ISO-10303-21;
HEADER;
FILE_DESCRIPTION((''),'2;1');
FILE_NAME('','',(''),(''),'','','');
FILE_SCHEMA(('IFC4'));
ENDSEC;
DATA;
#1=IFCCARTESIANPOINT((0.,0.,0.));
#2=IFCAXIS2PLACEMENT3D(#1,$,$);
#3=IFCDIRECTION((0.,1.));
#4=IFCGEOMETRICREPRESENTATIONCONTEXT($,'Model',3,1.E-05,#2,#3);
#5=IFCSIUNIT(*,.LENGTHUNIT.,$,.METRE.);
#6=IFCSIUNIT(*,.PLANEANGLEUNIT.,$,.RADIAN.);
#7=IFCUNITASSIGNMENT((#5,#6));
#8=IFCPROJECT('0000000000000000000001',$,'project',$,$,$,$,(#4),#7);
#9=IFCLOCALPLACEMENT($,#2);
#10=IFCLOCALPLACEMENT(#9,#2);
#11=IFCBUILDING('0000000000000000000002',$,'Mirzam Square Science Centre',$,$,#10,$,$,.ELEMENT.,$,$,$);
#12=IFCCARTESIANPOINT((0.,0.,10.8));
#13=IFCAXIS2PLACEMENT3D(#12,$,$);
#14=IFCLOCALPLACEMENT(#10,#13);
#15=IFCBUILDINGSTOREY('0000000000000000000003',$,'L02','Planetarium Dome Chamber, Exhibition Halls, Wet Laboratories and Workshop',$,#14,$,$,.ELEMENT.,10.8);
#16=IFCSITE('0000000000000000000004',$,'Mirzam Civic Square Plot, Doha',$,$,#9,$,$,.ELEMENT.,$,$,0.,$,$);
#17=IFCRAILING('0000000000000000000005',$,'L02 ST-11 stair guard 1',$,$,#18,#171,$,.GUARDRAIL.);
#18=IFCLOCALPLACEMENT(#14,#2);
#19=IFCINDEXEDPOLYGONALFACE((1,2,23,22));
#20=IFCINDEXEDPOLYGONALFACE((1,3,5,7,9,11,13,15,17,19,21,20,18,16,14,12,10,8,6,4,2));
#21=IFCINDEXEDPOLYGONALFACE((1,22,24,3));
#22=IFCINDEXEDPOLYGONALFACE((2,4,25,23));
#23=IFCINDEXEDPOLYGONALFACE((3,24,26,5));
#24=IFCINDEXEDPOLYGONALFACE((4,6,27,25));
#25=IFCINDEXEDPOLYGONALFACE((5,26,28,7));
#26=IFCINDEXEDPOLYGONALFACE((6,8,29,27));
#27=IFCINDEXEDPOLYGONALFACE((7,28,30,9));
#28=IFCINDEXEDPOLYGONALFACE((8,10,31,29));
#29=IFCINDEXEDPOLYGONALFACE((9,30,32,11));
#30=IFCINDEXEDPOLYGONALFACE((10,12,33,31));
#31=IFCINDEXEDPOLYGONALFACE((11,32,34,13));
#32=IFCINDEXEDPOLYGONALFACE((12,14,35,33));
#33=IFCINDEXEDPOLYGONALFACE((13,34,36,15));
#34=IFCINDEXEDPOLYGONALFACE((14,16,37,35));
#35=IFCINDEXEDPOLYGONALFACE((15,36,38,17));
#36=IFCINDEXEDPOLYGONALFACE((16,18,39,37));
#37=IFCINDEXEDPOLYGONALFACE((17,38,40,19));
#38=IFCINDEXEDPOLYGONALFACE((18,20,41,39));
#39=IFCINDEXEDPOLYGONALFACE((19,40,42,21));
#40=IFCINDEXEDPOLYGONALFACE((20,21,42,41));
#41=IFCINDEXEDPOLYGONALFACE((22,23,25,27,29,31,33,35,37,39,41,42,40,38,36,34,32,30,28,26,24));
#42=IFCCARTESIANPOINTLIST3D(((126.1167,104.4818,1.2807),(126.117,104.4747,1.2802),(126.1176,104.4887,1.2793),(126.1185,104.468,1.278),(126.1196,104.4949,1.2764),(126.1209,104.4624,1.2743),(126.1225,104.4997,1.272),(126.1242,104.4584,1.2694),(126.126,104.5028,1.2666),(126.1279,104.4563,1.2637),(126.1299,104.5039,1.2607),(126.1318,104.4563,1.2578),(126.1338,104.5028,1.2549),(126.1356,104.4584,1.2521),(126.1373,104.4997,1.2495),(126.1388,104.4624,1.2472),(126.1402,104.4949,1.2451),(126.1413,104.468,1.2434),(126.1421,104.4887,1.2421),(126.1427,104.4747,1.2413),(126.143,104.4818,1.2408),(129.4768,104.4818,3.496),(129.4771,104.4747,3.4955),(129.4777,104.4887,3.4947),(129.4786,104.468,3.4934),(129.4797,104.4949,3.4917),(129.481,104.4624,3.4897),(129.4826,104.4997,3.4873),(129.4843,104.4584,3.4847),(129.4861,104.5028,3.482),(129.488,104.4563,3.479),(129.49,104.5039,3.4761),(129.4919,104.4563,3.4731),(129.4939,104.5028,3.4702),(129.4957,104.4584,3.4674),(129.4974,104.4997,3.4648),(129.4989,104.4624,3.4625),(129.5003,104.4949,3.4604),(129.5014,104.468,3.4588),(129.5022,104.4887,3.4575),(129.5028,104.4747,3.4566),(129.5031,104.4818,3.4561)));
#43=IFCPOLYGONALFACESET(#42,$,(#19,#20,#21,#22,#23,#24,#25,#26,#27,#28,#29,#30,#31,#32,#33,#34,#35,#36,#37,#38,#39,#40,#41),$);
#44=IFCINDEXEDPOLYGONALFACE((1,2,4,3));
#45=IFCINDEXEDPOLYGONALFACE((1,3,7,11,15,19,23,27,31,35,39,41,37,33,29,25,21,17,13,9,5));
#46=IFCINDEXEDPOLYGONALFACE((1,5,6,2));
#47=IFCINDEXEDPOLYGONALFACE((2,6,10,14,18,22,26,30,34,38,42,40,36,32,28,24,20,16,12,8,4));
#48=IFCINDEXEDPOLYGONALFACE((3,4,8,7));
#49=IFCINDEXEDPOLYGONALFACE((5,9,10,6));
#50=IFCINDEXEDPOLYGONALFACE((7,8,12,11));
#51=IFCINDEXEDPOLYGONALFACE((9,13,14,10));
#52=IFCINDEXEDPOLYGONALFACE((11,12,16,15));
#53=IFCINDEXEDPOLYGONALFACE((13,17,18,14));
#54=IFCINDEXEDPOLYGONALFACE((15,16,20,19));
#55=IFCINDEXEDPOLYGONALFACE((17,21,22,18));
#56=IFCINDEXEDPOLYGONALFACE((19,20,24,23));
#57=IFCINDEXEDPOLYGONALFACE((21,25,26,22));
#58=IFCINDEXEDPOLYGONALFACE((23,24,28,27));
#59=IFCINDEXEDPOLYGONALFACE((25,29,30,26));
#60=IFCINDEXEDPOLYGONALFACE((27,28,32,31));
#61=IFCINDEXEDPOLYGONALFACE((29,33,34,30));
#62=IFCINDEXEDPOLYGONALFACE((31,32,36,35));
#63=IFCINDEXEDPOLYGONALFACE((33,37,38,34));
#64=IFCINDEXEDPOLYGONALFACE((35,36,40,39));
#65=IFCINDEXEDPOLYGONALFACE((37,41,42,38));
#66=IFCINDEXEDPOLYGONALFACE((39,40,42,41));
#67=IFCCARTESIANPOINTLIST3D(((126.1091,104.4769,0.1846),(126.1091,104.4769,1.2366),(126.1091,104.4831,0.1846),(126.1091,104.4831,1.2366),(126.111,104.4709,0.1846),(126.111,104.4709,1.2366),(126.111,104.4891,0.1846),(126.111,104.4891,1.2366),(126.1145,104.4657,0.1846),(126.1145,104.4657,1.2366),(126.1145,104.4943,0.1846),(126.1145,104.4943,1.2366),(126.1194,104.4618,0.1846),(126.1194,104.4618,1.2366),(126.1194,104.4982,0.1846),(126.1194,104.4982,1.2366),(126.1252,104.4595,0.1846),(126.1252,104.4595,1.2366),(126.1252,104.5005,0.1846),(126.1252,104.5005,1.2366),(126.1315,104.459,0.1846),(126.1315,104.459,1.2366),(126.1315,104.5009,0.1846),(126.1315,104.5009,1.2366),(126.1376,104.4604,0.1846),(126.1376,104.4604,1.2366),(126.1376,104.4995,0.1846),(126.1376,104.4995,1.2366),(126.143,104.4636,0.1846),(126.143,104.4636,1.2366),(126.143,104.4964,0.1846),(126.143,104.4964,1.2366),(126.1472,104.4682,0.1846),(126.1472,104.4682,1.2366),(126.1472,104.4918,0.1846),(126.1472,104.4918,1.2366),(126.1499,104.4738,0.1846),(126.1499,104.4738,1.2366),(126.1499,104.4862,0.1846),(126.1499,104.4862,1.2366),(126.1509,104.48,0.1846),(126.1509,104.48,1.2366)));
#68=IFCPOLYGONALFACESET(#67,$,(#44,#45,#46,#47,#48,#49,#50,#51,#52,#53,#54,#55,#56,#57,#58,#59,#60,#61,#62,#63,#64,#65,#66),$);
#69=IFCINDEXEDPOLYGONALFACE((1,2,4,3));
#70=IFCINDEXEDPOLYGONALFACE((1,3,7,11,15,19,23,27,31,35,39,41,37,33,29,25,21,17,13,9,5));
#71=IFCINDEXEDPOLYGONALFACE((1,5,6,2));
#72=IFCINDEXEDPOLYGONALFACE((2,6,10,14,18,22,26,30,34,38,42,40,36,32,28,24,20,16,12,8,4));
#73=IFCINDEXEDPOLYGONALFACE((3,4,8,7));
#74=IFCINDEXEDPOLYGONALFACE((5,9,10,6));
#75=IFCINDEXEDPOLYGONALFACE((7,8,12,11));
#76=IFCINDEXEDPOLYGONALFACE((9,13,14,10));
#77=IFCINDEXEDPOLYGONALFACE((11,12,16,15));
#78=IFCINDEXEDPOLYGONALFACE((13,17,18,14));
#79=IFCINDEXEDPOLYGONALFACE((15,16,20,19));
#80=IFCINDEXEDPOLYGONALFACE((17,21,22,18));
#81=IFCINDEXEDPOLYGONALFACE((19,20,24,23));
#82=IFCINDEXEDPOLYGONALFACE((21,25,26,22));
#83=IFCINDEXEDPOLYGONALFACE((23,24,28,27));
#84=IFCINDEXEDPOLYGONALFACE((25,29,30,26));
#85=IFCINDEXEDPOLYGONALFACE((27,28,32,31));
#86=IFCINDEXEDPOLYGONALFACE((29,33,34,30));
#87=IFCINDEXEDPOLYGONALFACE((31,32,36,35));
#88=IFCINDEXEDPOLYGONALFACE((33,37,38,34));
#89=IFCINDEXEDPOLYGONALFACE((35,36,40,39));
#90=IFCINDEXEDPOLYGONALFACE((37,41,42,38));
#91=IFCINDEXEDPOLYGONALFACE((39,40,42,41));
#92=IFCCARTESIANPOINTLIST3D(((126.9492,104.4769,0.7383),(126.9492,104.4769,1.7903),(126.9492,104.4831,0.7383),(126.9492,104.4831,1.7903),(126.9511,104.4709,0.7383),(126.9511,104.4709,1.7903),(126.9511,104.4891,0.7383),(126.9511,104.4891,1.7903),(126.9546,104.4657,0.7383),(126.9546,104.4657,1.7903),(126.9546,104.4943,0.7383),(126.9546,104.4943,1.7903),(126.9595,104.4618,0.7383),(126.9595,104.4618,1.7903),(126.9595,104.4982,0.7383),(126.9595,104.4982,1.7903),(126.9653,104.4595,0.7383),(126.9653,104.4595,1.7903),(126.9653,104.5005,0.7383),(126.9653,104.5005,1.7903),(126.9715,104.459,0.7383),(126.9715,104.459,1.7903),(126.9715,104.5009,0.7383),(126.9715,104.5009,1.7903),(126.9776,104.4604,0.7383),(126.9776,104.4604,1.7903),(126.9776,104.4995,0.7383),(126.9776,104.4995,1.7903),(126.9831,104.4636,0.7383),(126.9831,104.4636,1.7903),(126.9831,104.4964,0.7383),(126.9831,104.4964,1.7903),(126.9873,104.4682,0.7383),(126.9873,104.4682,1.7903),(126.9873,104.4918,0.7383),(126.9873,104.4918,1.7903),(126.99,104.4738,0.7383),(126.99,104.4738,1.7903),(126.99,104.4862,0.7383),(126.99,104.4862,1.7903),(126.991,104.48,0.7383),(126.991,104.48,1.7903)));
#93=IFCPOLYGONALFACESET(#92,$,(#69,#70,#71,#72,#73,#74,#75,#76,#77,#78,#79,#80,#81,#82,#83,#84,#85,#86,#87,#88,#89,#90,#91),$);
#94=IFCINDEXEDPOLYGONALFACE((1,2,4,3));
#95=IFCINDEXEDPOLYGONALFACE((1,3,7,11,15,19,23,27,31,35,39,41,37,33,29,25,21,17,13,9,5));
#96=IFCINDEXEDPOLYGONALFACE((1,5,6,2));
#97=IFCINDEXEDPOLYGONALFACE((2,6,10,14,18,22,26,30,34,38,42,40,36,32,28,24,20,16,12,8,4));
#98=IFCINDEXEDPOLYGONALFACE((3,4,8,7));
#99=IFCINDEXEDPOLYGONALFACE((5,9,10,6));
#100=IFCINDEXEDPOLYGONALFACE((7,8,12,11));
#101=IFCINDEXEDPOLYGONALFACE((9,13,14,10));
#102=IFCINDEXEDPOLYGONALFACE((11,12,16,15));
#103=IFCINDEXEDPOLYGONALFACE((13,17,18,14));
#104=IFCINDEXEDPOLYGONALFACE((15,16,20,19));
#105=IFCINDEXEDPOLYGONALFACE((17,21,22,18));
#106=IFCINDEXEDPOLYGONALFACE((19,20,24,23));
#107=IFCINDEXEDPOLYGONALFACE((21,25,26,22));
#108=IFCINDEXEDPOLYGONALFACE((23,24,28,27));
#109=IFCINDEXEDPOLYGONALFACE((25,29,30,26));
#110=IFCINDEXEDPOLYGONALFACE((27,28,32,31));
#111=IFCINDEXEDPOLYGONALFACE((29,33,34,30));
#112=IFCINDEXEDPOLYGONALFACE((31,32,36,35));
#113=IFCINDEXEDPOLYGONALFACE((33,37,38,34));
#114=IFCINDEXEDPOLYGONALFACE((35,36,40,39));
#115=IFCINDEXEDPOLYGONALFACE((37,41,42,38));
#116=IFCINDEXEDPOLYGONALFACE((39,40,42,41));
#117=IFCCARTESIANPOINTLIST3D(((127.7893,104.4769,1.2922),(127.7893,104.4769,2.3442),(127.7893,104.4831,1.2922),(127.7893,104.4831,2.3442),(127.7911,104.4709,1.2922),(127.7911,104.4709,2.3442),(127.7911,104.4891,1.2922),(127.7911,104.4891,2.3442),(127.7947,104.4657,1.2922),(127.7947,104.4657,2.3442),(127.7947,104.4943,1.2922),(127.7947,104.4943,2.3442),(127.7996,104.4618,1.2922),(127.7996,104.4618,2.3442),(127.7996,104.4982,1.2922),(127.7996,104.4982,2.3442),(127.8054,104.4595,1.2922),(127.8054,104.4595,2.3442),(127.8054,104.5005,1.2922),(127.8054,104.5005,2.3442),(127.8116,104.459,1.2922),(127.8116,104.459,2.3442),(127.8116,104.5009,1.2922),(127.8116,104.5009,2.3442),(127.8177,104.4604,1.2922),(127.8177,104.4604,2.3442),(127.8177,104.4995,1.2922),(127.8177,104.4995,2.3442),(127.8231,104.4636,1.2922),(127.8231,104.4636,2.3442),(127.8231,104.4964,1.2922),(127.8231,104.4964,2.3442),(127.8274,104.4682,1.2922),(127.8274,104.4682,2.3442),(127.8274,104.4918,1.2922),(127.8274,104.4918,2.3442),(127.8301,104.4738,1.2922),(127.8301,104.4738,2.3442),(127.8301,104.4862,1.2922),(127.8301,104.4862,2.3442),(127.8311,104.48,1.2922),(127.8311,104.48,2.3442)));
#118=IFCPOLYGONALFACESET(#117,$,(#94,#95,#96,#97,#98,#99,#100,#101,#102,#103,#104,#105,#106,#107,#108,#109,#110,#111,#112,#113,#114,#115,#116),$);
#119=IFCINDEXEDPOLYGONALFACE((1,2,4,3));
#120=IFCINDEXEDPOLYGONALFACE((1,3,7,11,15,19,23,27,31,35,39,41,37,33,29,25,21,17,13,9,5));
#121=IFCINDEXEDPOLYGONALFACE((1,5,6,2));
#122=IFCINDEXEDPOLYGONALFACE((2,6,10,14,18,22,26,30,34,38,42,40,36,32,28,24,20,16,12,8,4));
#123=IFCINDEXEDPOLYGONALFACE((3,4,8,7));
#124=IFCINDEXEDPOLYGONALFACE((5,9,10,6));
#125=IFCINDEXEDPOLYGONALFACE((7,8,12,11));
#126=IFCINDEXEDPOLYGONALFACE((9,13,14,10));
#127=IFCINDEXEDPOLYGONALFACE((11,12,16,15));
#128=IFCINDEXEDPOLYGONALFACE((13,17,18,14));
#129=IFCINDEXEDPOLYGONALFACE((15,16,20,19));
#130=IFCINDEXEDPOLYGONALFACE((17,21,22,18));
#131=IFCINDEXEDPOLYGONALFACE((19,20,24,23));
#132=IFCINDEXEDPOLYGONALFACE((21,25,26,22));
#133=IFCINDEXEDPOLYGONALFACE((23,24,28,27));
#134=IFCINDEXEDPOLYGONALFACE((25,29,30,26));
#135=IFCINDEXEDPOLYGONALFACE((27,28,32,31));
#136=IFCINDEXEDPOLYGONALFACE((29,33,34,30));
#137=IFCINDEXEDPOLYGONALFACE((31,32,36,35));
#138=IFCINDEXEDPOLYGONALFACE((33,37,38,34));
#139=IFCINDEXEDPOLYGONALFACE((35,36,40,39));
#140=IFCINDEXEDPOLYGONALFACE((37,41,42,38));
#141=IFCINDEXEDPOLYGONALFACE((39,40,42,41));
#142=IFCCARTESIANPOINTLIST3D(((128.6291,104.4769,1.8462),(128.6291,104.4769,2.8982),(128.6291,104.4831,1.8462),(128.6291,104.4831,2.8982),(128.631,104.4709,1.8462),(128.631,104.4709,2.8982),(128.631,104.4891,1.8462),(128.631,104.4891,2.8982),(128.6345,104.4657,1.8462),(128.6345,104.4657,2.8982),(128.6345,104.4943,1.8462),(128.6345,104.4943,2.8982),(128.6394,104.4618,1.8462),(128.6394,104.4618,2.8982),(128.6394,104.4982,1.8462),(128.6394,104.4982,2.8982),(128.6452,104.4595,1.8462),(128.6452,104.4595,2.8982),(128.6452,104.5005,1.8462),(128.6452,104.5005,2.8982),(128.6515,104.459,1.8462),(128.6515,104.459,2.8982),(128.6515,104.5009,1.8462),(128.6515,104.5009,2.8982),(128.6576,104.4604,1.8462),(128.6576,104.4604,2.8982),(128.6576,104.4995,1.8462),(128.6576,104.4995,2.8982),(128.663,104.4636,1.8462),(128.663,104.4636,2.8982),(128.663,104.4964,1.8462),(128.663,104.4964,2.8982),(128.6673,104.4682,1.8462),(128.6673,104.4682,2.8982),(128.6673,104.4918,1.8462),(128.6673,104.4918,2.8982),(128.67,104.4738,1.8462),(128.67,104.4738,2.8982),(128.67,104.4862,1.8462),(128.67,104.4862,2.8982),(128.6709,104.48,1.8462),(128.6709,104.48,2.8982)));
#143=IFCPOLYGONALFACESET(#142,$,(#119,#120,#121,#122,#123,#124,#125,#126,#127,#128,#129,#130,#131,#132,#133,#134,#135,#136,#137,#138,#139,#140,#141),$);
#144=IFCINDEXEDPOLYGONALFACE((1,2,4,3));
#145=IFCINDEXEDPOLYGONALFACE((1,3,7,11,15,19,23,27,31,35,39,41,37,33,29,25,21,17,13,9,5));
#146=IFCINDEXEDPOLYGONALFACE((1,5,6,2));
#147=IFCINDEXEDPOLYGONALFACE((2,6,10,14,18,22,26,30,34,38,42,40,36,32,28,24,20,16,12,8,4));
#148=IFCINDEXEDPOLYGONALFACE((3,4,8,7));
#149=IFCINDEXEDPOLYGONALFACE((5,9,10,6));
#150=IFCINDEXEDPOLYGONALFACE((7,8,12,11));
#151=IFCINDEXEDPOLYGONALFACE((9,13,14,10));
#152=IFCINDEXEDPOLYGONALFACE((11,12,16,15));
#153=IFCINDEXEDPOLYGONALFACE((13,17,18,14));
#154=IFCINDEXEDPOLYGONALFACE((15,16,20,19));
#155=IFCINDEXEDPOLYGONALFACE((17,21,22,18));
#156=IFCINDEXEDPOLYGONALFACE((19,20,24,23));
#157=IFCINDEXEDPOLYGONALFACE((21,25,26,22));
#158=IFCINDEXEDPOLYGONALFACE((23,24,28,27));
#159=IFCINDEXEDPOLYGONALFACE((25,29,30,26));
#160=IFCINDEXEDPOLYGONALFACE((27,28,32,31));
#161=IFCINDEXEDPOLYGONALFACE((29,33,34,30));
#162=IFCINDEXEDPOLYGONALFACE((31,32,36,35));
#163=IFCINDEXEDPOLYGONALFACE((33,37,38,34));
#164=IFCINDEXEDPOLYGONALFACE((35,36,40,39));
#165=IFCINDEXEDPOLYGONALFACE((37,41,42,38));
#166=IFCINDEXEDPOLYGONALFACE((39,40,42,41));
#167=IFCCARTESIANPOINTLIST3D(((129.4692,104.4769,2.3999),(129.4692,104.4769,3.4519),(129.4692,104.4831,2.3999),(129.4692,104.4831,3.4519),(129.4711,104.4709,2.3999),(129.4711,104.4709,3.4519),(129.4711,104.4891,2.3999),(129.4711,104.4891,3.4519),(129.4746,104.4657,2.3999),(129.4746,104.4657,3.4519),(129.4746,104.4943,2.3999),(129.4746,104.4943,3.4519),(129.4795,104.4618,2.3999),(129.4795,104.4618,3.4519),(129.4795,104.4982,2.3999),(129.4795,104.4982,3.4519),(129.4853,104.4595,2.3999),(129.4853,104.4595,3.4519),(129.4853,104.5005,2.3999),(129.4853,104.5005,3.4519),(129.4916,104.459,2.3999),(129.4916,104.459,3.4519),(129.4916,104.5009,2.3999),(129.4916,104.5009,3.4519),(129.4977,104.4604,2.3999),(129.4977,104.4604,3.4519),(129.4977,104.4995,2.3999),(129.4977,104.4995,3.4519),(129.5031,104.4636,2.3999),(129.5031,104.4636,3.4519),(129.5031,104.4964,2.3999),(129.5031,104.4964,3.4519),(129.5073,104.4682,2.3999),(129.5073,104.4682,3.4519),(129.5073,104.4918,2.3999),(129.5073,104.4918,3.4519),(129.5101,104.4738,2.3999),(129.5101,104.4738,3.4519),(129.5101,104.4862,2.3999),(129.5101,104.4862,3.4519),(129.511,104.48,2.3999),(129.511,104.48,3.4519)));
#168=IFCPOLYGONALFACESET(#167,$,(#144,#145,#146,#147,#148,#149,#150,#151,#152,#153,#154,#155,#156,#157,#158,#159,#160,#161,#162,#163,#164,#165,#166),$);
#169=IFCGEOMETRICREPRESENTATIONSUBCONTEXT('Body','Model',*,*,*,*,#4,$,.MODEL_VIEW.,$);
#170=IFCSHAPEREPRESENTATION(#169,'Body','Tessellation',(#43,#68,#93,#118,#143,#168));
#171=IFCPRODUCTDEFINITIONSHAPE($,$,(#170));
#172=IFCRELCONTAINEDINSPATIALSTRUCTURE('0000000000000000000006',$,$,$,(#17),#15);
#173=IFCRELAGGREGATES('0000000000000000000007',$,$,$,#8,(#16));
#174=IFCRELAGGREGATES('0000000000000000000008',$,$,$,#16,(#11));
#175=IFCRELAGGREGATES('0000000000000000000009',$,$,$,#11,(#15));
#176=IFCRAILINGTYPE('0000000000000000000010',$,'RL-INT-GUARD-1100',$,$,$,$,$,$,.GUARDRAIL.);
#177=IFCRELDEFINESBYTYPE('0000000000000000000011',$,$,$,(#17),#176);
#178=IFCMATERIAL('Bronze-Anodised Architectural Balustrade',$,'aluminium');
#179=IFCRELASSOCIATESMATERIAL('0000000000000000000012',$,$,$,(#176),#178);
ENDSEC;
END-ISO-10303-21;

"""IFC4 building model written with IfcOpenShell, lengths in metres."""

from ifc_helpers import new_model, si_unit, direction, frame, origin, origin_2d, place, context, subcontext, project, spatial, circle, extrude, material, type_object, element, save


model = new_model("IFC4")

# Units and contexts
model_context = context("Model", 3, precision=1e-05, world=origin(), true_north=direction((0.0, 1.0)))
body_context = subcontext(model_context, "Body", "Model", "MODEL_VIEW")
ifc_project = project(units=[si_unit("LENGTHUNIT", "METRE"), si_unit("PLANEANGLEUNIT", "RADIAN")], contexts=[model_context])

# Site, building, storey
site_placement = place(None, origin())
site = spatial("IfcSite", under=ifc_project, at=site_placement, Name="Mirzam Civic Square Plot, Doha", CompositionType="ELEMENT", RefElevation=0.0)
building_placement = place(site_placement, origin())
building = spatial("IfcBuilding", under=site, at=building_placement, Name="Mirzam Square Science Centre", CompositionType="ELEMENT")
storey_placement = place(building_placement, frame((0.0, 0.0, 10.8)))
storey = spatial("IfcBuildingStorey", under=building, at=storey_placement, Name="L02", Description="Planetarium Dome Chamber, Exhibition Halls, Wet Laboratories and Workshop", CompositionType="ELEMENT", Elevation=10.8)

# Railing
ifc_material_1 = material(Name="Bronze-Anodised Architectural Balustrade", Category="aluminium")
railing_type_1 = type_object("IfcRailingType", Name="RL-INT-GUARD-1100", PredefinedType="GUARDRAIL", material=ifc_material_1)
railing_1_placement = place(storey_placement, frame((126.1299, 104.48, 0.1846)))
element("IfcRailing", 1, at=railing_1_placement, inside=storey, type_object=railing_type_1, Name="L02 ST-11 stair guard 1", PredefinedType="GUARDRAIL", context=body_context, shape_type="SweptSolid", body=[
    extrude(circle(Radius=0.0239, at=origin_2d()), frame((0.0, 0.0, 1.0762), z_axis=(0.834876, 0.0, 0.550437), x_axis=(0.0, 1.0, 0.0)), (0.0, 0.0, 1.0), 4.0247),
    extrude(circle(Radius=0.021, at=origin_2d()), origin(), (0.0, 0.0, 1.0), 1.052),
    extrude(circle(Radius=0.021, at=origin_2d()), frame((0.8401, 0.0, 0.5537)), (0.0, 0.0, 1.0), 1.052),
    extrude(circle(Radius=0.021, at=origin_2d()), frame((1.6802, 0.0, 1.1077)), (0.0, 0.0, 1.0), 1.052),
    extrude(circle(Radius=0.021, at=origin_2d()), frame((2.52, 0.0, 1.6616)), (0.0, 0.0, 1.0), 1.052),
    extrude(circle(Radius=0.021, at=origin_2d()), frame((3.3601, 0.0, 2.2153)), (0.0, 0.0, 1.0), 1.052),
])

save(model, "model.ifc")
